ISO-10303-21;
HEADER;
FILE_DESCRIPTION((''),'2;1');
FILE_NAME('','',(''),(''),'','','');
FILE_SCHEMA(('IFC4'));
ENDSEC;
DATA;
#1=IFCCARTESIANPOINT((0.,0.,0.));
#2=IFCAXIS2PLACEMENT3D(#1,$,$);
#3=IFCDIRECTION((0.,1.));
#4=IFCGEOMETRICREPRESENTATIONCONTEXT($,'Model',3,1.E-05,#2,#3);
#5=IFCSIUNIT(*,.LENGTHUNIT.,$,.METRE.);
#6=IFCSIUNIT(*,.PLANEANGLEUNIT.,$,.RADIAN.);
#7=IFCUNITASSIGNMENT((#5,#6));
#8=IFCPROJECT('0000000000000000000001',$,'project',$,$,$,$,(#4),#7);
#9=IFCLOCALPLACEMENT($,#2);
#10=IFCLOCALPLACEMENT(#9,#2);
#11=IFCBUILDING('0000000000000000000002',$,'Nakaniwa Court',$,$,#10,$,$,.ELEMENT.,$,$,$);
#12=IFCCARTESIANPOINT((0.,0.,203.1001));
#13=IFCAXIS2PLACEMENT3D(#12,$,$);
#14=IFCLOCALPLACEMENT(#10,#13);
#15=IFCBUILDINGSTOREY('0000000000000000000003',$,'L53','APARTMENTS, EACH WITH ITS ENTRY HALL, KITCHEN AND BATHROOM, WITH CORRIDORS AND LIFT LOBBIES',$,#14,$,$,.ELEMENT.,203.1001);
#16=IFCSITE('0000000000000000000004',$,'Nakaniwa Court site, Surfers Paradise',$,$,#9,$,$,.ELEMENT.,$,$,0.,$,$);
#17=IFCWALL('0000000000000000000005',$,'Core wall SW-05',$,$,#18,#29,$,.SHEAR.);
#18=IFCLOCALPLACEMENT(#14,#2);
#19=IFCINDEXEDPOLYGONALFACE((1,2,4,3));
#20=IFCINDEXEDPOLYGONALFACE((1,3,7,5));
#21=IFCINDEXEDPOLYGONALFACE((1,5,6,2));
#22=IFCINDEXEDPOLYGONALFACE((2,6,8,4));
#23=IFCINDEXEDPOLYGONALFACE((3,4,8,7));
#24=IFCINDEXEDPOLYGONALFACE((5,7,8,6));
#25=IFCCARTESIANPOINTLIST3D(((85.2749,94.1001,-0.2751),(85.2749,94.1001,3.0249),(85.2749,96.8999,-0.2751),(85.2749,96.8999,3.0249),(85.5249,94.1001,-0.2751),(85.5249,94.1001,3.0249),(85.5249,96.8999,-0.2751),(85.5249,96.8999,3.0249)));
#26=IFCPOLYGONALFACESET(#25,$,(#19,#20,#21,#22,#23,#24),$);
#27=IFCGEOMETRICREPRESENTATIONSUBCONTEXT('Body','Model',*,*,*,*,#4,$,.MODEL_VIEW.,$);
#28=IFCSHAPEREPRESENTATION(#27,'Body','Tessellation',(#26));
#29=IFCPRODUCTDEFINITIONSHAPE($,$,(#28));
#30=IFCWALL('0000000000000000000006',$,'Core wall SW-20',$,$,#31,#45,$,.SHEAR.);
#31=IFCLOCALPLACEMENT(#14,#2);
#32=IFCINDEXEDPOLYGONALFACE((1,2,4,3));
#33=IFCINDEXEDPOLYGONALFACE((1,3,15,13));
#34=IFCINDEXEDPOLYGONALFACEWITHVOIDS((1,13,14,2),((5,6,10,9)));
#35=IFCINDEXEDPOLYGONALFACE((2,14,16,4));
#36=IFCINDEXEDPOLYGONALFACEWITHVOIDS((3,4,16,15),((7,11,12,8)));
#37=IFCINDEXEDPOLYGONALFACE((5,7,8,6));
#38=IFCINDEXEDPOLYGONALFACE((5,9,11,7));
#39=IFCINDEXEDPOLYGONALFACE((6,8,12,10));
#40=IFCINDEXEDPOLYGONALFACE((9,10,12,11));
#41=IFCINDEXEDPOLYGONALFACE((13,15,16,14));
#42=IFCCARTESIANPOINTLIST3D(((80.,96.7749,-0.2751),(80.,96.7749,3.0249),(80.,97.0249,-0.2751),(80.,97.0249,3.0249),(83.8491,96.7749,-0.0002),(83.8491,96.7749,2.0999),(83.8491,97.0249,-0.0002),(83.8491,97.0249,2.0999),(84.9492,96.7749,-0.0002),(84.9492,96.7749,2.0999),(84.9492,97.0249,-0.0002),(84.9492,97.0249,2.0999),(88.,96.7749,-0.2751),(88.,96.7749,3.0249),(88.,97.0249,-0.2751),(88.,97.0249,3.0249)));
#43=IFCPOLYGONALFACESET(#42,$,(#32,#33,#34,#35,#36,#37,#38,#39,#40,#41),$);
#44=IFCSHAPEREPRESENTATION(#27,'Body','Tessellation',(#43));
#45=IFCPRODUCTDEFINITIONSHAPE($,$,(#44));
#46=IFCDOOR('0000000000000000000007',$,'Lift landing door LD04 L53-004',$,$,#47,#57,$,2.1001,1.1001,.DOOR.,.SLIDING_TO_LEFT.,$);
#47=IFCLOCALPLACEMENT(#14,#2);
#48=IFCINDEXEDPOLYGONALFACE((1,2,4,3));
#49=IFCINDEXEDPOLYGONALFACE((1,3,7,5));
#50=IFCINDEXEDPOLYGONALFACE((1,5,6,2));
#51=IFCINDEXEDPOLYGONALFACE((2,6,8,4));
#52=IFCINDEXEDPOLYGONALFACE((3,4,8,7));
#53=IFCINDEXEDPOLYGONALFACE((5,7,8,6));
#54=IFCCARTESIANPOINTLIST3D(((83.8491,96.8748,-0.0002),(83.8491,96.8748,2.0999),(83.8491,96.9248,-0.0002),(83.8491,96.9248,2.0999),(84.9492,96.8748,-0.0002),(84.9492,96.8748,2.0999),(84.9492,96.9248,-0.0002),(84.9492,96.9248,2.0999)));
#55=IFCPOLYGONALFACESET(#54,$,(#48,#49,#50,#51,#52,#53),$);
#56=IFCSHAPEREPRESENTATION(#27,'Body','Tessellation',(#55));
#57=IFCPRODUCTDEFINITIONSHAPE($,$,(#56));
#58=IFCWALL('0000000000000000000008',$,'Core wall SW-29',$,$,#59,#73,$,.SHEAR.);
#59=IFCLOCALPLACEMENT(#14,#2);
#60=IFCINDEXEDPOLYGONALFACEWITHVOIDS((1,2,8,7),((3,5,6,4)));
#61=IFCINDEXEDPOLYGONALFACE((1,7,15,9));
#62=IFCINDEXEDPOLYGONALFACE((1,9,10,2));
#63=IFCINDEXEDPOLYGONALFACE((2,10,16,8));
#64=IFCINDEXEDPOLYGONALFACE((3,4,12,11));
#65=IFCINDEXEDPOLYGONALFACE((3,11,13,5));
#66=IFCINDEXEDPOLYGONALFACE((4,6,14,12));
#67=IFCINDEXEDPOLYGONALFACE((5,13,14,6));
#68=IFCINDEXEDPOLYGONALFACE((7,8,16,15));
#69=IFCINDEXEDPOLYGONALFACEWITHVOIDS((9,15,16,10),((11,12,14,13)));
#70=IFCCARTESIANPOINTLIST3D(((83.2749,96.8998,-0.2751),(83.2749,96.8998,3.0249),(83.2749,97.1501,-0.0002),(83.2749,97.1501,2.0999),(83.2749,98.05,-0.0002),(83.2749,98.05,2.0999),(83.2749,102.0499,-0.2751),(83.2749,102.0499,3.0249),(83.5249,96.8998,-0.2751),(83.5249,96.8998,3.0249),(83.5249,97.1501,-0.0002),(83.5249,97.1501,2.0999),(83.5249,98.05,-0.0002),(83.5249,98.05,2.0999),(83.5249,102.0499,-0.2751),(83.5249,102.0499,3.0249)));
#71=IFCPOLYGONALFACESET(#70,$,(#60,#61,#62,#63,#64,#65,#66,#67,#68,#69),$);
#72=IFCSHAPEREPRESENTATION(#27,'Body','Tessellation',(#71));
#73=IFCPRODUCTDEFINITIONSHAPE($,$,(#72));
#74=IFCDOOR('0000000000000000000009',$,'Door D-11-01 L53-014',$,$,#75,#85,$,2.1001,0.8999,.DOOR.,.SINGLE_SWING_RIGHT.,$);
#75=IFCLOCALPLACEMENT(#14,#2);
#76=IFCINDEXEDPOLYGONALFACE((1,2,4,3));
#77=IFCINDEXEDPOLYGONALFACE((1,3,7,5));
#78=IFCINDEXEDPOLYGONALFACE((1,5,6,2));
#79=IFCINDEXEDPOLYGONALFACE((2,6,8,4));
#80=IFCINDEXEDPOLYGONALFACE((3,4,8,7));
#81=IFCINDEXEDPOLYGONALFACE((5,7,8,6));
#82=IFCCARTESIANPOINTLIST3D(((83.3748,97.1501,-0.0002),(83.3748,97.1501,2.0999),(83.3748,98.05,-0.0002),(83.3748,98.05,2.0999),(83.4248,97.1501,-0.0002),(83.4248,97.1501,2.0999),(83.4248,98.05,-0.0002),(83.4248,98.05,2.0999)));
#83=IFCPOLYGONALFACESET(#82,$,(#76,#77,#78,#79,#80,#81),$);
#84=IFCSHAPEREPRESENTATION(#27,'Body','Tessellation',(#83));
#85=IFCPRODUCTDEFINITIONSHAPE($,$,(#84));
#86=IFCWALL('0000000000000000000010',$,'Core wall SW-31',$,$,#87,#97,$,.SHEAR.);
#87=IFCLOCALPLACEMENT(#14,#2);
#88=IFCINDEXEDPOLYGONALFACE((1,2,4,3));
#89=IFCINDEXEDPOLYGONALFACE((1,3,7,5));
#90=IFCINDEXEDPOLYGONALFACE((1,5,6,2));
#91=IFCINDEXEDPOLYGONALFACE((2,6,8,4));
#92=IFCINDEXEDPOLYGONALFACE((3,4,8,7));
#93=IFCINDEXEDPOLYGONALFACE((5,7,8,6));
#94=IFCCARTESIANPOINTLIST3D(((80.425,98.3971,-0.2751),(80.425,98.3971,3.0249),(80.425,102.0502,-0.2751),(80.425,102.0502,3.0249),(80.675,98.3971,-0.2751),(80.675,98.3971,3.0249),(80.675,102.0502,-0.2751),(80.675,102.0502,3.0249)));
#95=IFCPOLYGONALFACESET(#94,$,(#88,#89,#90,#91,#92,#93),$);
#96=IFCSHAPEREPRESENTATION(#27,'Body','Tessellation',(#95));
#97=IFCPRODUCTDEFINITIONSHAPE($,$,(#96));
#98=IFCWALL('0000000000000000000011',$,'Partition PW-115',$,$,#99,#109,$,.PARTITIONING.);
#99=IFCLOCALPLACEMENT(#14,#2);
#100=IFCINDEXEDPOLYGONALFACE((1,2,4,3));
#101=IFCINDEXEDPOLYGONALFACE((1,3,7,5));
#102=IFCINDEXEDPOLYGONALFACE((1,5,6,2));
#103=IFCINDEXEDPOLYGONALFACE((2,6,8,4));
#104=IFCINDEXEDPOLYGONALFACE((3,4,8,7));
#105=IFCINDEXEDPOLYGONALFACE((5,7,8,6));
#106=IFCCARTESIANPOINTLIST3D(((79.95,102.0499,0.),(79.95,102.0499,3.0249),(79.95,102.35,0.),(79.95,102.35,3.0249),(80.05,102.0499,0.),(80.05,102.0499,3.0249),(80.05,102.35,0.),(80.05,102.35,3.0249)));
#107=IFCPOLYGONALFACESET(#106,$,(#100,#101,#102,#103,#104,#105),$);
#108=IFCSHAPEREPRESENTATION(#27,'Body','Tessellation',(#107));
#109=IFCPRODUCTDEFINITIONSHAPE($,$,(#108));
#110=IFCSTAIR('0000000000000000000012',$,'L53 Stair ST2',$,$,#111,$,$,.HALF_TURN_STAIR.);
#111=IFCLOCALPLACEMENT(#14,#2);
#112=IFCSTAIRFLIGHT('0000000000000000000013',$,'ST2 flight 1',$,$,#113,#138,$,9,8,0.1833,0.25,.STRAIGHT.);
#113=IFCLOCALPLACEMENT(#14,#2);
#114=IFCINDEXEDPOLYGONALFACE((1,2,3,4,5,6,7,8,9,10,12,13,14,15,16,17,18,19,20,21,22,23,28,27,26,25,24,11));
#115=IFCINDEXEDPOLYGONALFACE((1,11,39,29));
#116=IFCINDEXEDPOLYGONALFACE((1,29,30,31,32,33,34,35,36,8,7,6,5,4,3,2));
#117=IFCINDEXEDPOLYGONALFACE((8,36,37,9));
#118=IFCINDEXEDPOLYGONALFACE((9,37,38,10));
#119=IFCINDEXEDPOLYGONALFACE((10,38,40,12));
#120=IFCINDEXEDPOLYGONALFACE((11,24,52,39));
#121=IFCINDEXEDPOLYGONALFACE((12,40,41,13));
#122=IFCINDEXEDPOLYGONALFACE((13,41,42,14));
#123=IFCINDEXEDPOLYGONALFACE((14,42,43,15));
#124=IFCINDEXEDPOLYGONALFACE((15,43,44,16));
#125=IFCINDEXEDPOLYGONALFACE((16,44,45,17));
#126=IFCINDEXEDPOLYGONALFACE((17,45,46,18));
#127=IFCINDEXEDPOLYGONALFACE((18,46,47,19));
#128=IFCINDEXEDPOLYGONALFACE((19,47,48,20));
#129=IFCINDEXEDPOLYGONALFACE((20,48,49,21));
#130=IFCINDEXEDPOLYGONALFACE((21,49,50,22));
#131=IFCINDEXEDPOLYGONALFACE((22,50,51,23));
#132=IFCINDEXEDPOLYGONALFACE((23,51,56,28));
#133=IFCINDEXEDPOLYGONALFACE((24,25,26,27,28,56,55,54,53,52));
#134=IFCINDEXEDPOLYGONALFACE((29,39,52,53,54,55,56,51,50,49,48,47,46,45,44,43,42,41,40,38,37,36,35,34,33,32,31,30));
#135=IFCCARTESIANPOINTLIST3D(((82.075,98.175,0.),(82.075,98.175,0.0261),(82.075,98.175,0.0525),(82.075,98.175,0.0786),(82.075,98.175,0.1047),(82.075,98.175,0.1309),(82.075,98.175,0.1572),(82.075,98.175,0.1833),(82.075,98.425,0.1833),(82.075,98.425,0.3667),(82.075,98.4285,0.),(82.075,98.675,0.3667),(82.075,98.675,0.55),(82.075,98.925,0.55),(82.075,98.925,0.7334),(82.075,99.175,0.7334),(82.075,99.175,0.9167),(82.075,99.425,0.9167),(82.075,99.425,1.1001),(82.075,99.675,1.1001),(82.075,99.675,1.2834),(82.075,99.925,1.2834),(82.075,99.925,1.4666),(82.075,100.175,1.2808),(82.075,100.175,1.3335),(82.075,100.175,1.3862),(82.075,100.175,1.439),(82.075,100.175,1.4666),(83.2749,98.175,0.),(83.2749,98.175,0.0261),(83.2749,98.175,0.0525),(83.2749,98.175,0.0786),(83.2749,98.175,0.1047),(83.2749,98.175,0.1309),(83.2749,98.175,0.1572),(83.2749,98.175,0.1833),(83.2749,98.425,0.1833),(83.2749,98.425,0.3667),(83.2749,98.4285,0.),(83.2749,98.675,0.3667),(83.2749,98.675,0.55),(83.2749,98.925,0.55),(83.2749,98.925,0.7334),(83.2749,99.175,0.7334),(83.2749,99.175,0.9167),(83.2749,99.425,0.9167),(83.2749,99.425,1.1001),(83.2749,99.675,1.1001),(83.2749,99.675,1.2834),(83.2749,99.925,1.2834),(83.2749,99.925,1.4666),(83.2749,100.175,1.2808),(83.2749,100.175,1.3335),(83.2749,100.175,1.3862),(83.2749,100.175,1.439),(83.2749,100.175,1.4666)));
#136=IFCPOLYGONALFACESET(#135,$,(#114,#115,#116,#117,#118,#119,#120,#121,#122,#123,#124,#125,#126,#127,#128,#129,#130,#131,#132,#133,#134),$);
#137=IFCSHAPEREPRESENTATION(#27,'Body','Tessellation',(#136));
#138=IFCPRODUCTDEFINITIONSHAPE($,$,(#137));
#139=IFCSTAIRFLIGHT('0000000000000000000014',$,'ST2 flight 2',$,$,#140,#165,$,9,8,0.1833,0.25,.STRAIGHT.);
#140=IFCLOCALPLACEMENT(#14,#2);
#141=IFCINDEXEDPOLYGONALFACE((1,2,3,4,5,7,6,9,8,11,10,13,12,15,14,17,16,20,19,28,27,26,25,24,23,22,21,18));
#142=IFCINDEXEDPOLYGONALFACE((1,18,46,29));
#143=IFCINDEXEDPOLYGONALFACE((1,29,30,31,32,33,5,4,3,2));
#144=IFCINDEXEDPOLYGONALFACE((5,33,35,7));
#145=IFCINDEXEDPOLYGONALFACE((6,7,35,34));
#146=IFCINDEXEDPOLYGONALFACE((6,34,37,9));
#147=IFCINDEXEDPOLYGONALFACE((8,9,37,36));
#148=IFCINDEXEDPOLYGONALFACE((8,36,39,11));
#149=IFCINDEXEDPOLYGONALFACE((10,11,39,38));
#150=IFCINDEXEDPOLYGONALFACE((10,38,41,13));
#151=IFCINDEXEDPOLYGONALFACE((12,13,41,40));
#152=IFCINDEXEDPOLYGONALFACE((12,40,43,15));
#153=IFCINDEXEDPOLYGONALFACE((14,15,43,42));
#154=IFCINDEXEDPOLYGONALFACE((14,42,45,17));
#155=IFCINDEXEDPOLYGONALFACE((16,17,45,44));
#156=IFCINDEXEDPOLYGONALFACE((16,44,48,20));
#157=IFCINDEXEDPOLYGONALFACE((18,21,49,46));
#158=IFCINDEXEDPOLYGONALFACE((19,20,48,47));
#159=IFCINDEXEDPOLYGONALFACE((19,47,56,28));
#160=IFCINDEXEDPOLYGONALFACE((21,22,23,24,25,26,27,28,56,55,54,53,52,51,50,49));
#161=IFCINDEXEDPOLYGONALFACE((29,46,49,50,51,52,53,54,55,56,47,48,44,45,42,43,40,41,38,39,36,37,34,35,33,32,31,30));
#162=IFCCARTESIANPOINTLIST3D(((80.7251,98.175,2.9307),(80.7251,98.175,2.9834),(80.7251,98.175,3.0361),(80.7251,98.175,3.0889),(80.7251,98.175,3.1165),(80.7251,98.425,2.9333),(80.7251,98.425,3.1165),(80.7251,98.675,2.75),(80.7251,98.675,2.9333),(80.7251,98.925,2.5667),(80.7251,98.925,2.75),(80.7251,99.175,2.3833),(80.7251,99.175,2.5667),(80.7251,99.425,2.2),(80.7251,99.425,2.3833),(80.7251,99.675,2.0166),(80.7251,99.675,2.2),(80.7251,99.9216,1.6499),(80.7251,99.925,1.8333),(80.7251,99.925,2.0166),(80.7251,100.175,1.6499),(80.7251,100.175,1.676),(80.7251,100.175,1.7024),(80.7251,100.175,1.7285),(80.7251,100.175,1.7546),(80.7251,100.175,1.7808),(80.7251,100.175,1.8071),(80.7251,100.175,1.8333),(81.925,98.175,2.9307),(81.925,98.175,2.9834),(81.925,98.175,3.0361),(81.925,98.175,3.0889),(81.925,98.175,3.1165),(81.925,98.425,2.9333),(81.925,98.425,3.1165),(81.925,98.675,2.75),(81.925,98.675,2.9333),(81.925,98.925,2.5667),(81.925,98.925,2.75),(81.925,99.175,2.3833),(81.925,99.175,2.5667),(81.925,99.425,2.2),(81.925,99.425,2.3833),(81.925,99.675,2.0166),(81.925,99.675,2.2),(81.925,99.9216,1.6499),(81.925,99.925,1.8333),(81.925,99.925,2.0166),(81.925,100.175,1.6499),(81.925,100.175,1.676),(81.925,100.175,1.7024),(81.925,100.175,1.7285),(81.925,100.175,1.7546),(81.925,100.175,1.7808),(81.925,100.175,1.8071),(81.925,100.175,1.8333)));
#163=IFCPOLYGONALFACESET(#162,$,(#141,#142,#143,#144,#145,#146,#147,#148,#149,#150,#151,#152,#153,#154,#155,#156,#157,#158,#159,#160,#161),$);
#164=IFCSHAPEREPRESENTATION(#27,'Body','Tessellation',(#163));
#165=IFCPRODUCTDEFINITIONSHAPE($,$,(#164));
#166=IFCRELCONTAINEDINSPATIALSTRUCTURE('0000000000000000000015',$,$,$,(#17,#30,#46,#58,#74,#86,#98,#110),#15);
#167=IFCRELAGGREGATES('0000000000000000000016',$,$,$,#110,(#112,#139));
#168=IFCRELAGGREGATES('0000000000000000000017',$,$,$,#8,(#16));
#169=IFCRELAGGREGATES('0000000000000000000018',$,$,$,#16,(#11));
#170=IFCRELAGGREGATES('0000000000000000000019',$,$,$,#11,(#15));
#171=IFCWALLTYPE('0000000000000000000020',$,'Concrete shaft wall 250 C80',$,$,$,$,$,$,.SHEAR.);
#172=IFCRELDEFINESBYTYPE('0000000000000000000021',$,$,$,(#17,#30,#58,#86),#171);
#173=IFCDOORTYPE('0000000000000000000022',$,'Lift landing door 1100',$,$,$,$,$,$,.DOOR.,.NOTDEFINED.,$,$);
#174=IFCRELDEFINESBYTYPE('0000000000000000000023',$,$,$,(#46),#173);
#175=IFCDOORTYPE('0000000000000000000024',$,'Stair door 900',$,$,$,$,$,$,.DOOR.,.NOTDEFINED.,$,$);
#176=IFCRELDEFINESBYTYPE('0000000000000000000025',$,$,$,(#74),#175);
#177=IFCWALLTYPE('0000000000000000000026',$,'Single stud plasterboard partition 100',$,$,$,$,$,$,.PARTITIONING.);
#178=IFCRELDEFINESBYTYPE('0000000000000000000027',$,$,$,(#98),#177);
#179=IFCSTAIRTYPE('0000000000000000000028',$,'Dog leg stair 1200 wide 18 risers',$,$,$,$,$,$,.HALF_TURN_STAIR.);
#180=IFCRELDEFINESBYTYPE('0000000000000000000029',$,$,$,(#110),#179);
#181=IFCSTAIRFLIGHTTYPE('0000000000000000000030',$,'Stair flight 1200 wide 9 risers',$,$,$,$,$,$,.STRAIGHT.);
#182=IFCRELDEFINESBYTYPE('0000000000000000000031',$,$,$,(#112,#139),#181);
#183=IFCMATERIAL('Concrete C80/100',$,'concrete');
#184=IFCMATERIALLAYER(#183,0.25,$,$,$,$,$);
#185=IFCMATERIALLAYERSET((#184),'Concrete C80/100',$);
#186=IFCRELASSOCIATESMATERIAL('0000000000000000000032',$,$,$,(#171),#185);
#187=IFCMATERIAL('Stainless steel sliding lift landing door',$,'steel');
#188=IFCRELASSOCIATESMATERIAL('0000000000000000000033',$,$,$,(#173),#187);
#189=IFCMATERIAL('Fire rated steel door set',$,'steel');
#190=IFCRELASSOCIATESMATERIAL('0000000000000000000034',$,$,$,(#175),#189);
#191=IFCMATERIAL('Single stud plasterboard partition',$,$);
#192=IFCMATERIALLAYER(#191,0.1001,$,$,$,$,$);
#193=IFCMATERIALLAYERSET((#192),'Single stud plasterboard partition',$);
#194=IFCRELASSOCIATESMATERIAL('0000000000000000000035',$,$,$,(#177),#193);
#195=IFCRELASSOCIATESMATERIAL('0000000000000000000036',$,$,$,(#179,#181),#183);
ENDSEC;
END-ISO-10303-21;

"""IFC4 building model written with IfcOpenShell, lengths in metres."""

from ifc_helpers import new_model, si_unit, direction, frame, frame_2d, origin, place, context, subcontext, project, spatial, polyline, rectangle, outline, extrude, material, layer, layer_set, type_object, element, fill, aggregate, save


model = new_model("IFC4")

# Units and contexts
model_context = context("Model", 3, precision=1e-05, world=origin(), true_north=direction((0.0, 1.0)))
body_context = subcontext(model_context, "Body", "Model", "MODEL_VIEW")
ifc_project = project(units=[si_unit("LENGTHUNIT", "METRE"), si_unit("PLANEANGLEUNIT", "RADIAN")], contexts=[model_context])

# Site, building, storey
site_placement = place(None, origin())
site = spatial("IfcSite", under=ifc_project, at=site_placement, Name="Nakaniwa Court site, Surfers Paradise", CompositionType="ELEMENT", RefElevation=0.0)
building_placement = place(site_placement, origin())
building = spatial("IfcBuilding", under=site, at=building_placement, Name="Nakaniwa Court", CompositionType="ELEMENT")
storey_placement = place(building_placement, frame((0.0, 0.0, 203.1001)))
storey = spatial("IfcBuildingStorey", under=building, at=storey_placement, Name="L53", Description="APARTMENTS, EACH WITH ITS ENTRY HALL, KITCHEN AND BATHROOM, WITH CORRIDORS AND LIFT LOBBIES", CompositionType="ELEMENT", Elevation=203.1001)

# Shared definitions
ifc_material_1 = material(Name="Fire rated steel door set", Category="steel")

# Shared definitions
ifc_material_2 = material(Name="Concrete C80/100", Category="concrete")

# Wall
ifc_layer_1 = layer(ifc_material_2, 0.25)
ifc_layer_set_1 = layer_set([ifc_layer_1], Name="Concrete C80/100")
wall_type_1 = type_object("IfcWallType", Name="Concrete shaft wall 250 C80", PredefinedType="SHEAR", material=ifc_layer_set_1)
wall_1_placement = place(storey_placement, frame((85.3999, 94.1001, -0.2751), z_axis=(0.0, 0.0, 1.0), x_axis=(0.0, 1.0, 0.0)))
element("IfcWall", 1, at=wall_1_placement, inside=storey, type_object=wall_type_1, Name="Core wall SW-05", PredefinedType="SHEAR", context=body_context, shape_type="SweptSolid", body=[
    extrude(rectangle(XDim=2.7998, YDim=0.25, at=frame_2d((1.3999, 0.0))), origin(), (0.0, 0.0, 1.0), 3.3),
])

# Walls, openings, doors
wall_2_placement = place(storey_placement, frame((80.0, 96.8999, -0.2751), z_axis=(0.0, 0.0, 1.0), x_axis=(1.0, 0.0, 0.0)))
wall_2 = element("IfcWall", 2, at=wall_2_placement, inside=storey, type_object=wall_type_1, Name="Core wall SW-20", PredefinedType="SHEAR", context=body_context, shape_type="SweptSolid", body=[
    extrude(rectangle(XDim=8.0, YDim=0.25, at=frame_2d((4.0, 0.0))), origin(), (0.0, 0.0, 1.0), 3.3),
])
opening_1_placement = place(wall_2_placement, frame((3.8491, 0.0, 0.2749)))
opening_1 = element("IfcOpeningElement", 3, at=opening_1_placement, cuts=wall_2, PredefinedType="OPENING", context=body_context, shape_type="SweptSolid", body=[
    extrude(rectangle(XDim=1.1001, YDim=2.1001, at=frame_2d((0.55, 1.05))), frame((0.0, 0.135, 0.0), z_axis=(0.0, -1.0, 0.0), x_axis=(1.0, 0.0, 0.0)), (0.0, 0.0, 1.0), 0.27),
])
ifc_material_3 = material(Name="Stainless steel sliding lift landing door", Category="steel")
door_type_1 = type_object("IfcDoorType", Name="Lift landing door 1100", OperationType="NOTDEFINED", PredefinedType="DOOR", material=ifc_material_3)
door_1_placement = place(opening_1_placement, origin())
door_1 = element("IfcDoor", 4, at=door_1_placement, inside=storey, type_object=door_type_1, Name="Lift landing door LD04 L53-004", OperationType="SLIDING_TO_LEFT", OverallHeight=2.1001, OverallWidth=1.1001, PredefinedType="DOOR", context=body_context, shape_type="SweptSolid", body=[
    extrude(rectangle(XDim=1.1001, YDim=2.1001, at=frame_2d((0.55, 1.05))), frame((0.0, 0.0249, 0.0), z_axis=(0.0, -1.0, 0.0), x_axis=(1.0, 0.0, 0.0)), (0.0, 0.0, 1.0), 0.05),
])
fill(opening_1, door_1)
wall_3_placement = place(storey_placement, frame((83.3999, 102.05, -0.2751), z_axis=(0.0, 0.0, 1.0), x_axis=(0.0, -1.0, 0.0)))
wall_3 = element("IfcWall", 5, at=wall_3_placement, inside=storey, type_object=wall_type_1, Name="Core wall SW-29", PredefinedType="SHEAR", context=body_context, shape_type="SweptSolid", body=[
    extrude(rectangle(XDim=5.1501, YDim=0.25, at=frame_2d((2.5752, 0.0))), origin(), (0.0, 0.0, 1.0), 3.3),
])
opening_2_placement = place(wall_3_placement, frame((4.0, 0.0, 0.2749)))
opening_2 = element("IfcOpeningElement", 6, at=opening_2_placement, cuts=wall_3, PredefinedType="OPENING", context=body_context, shape_type="SweptSolid", body=[
    extrude(rectangle(XDim=0.8999, YDim=2.1001, at=frame_2d((0.45, 1.05))), frame((0.0, 0.135, 0.0), z_axis=(0.0, -1.0, 0.0), x_axis=(1.0, 0.0, 0.0)), (0.0, 0.0, 1.0), 0.27),
])
door_type_2 = type_object("IfcDoorType", Name="Stair door 900", OperationType="NOTDEFINED", PredefinedType="DOOR", material=ifc_material_1)
door_2_placement = place(opening_2_placement, origin())
door_2 = element("IfcDoor", 7, at=door_2_placement, inside=storey, type_object=door_type_2, Name="Door D-11-01 L53-014", OperationType="SINGLE_SWING_RIGHT", OverallHeight=2.1001, OverallWidth=0.8999, PredefinedType="DOOR", context=body_context, shape_type="SweptSolid", body=[
    extrude(rectangle(XDim=0.8999, YDim=2.1001, at=frame_2d((0.45, 1.05))), frame((0.0, 0.0249, 0.0), z_axis=(0.0, -1.0, 0.0), x_axis=(1.0, 0.0, 0.0)), (0.0, 0.0, 1.0), 0.05),
])
fill(opening_2, door_2)

# Walls
wall_4_placement = place(storey_placement, frame((80.55, 98.397, -0.2751), z_axis=(0.0, 0.0, 1.0), x_axis=(0.0, 1.0, 0.0)))
element("IfcWall", 8, at=wall_4_placement, inside=storey, type_object=wall_type_1, Name="Core wall SW-31", PredefinedType="SHEAR", context=body_context, shape_type="SweptSolid", body=[
    extrude(rectangle(XDim=3.6531, YDim=0.25, at=frame_2d((1.8267, 0.0))), origin(), (0.0, 0.0, 1.0), 3.3),
])
ifc_material_4 = material(Name="Single stud plasterboard partition")
ifc_layer_2 = layer(ifc_material_4, 0.1001)
ifc_layer_set_2 = layer_set([ifc_layer_2], Name="Single stud plasterboard partition")
wall_type_2 = type_object("IfcWallType", Name="Single stud plasterboard partition 100", PredefinedType="PARTITIONING", material=ifc_layer_set_2)
wall_5_placement = place(storey_placement, frame((80.0, 102.05, 0.0), z_axis=(0.0, 0.0, 1.0), x_axis=(0.0, 1.0, 0.0)))
element("IfcWall", 9, at=wall_5_placement, inside=storey, type_object=wall_type_2, Name="Partition PW-115", PredefinedType="PARTITIONING", context=body_context, shape_type="SweptSolid", body=[
    extrude(rectangle(XDim=0.3, YDim=0.1001, at=frame_2d((0.1499, 0.0))), origin(), (0.0, 0.0, 1.0), 3.0249),
])

# Stair, stair flights
stair_type = type_object("IfcStairType", Name="Dog leg stair 1200 wide 18 risers", PredefinedType="HALF_TURN_STAIR", material=ifc_material_2)
stair_placement = place(storey_placement, origin())
stair = element("IfcStair", 10, at=stair_placement, inside=storey, type_object=stair_type, Name="L53 Stair ST2", PredefinedType="HALF_TURN_STAIR")
stair_flight_type = type_object("IfcStairFlightType", Name="Stair flight 1200 wide 9 risers", PredefinedType="STRAIGHT", material=ifc_material_2)
stair_flight_1_placement = place(storey_placement, frame((82.675, 98.175, 0.0), z_axis=(0.0, 0.0, 1.0), x_axis=(0.0, 1.0, 0.0)))
stair_flight_1 = element("IfcStairFlight", 11, at=stair_flight_1_placement, type_object=stair_flight_type, Name="ST2 flight 1", NumberOfRisers=9, NumberOfTreads=8, PredefinedType="STRAIGHT", RiserHeight=0.1833, TreadLength=0.25, context=body_context, shape_type="SweptSolid", body=[
    extrude(outline(polyline([(0.0, 0.0), (0.0, 0.0261), (0.0, 0.0525), (0.0, 0.0786), (0.0, 0.1047), (0.0, 0.1309), (0.0, 0.1572), (0.0, 0.1833), (0.25, 0.1833), (0.25, 0.3667), (0.5, 0.3667), (0.5, 0.55), (0.75, 0.55), (0.75, 0.7334), (1.0, 0.7334), (1.0, 0.9167), (1.25, 0.9167), (1.25, 1.1001), (1.5, 1.1001), (1.5, 1.2834), (1.75, 1.2834), (1.75, 1.4666), (2.0, 1.4666), (2.0, 1.6499), (2.0, 1.5972), (2.0, 1.5444), (2.0, 1.4917), (2.0, 1.439), (2.0, 1.3862), (2.0, 1.3335), (2.0, 1.2808), (0.2534, 0.0), (0.0, 0.0)])), frame((0.0, 0.6001, 0.0), z_axis=(0.0, -1.0, 0.0), x_axis=(1.0, 0.0, 0.0)), (0.0, 0.0, 1.0), 1.2),
])
stair_flight_2_placement = place(storey_placement, frame((81.325, 100.175, 1.6499), z_axis=(0.0, 0.0, 1.0), x_axis=(0.0, -1.0, 0.0)))
stair_flight_2 = element("IfcStairFlight", 12, at=stair_flight_2_placement, type_object=stair_flight_type, Name="ST2 flight 2", NumberOfRisers=9, NumberOfTreads=8, PredefinedType="STRAIGHT", RiserHeight=0.1833, TreadLength=0.25, context=body_context, shape_type="SweptSolid", body=[
    extrude(outline(polyline([(0.0, 0.0), (0.0, 0.0261), (0.0, 0.0525), (0.0, 0.0786), (0.0, 0.1047), (0.0, 0.1309), (0.0, 0.1572), (0.0, 0.1833), (0.25, 0.1833), (0.25, 0.3667), (0.5, 0.3667), (0.5, 0.55), (0.75, 0.55), (0.75, 0.7334), (1.0, 0.7334), (1.0, 0.9167), (1.25, 0.9167), (1.25, 1.1001), (1.5, 1.1001), (1.5, 1.2834), (1.75, 1.2834), (1.75, 1.4666), (2.0, 1.4666), (2.0, 1.6499), (2.0, 1.5972), (2.0, 1.5444), (2.0, 1.4917), (2.0, 1.439), (2.0, 1.3862), (2.0, 1.3335), (2.0, 1.2808), (0.2534, 0.0), (0.0, 0.0)])), frame((0.0, 0.6001, 0.0), z_axis=(0.0, -1.0, 0.0), x_axis=(1.0, 0.0, 0.0)), (0.0, 0.0, 1.0), 1.2),
])
aggregate(stair, [stair_flight_1, stair_flight_2])

save(model, "model.ifc")
